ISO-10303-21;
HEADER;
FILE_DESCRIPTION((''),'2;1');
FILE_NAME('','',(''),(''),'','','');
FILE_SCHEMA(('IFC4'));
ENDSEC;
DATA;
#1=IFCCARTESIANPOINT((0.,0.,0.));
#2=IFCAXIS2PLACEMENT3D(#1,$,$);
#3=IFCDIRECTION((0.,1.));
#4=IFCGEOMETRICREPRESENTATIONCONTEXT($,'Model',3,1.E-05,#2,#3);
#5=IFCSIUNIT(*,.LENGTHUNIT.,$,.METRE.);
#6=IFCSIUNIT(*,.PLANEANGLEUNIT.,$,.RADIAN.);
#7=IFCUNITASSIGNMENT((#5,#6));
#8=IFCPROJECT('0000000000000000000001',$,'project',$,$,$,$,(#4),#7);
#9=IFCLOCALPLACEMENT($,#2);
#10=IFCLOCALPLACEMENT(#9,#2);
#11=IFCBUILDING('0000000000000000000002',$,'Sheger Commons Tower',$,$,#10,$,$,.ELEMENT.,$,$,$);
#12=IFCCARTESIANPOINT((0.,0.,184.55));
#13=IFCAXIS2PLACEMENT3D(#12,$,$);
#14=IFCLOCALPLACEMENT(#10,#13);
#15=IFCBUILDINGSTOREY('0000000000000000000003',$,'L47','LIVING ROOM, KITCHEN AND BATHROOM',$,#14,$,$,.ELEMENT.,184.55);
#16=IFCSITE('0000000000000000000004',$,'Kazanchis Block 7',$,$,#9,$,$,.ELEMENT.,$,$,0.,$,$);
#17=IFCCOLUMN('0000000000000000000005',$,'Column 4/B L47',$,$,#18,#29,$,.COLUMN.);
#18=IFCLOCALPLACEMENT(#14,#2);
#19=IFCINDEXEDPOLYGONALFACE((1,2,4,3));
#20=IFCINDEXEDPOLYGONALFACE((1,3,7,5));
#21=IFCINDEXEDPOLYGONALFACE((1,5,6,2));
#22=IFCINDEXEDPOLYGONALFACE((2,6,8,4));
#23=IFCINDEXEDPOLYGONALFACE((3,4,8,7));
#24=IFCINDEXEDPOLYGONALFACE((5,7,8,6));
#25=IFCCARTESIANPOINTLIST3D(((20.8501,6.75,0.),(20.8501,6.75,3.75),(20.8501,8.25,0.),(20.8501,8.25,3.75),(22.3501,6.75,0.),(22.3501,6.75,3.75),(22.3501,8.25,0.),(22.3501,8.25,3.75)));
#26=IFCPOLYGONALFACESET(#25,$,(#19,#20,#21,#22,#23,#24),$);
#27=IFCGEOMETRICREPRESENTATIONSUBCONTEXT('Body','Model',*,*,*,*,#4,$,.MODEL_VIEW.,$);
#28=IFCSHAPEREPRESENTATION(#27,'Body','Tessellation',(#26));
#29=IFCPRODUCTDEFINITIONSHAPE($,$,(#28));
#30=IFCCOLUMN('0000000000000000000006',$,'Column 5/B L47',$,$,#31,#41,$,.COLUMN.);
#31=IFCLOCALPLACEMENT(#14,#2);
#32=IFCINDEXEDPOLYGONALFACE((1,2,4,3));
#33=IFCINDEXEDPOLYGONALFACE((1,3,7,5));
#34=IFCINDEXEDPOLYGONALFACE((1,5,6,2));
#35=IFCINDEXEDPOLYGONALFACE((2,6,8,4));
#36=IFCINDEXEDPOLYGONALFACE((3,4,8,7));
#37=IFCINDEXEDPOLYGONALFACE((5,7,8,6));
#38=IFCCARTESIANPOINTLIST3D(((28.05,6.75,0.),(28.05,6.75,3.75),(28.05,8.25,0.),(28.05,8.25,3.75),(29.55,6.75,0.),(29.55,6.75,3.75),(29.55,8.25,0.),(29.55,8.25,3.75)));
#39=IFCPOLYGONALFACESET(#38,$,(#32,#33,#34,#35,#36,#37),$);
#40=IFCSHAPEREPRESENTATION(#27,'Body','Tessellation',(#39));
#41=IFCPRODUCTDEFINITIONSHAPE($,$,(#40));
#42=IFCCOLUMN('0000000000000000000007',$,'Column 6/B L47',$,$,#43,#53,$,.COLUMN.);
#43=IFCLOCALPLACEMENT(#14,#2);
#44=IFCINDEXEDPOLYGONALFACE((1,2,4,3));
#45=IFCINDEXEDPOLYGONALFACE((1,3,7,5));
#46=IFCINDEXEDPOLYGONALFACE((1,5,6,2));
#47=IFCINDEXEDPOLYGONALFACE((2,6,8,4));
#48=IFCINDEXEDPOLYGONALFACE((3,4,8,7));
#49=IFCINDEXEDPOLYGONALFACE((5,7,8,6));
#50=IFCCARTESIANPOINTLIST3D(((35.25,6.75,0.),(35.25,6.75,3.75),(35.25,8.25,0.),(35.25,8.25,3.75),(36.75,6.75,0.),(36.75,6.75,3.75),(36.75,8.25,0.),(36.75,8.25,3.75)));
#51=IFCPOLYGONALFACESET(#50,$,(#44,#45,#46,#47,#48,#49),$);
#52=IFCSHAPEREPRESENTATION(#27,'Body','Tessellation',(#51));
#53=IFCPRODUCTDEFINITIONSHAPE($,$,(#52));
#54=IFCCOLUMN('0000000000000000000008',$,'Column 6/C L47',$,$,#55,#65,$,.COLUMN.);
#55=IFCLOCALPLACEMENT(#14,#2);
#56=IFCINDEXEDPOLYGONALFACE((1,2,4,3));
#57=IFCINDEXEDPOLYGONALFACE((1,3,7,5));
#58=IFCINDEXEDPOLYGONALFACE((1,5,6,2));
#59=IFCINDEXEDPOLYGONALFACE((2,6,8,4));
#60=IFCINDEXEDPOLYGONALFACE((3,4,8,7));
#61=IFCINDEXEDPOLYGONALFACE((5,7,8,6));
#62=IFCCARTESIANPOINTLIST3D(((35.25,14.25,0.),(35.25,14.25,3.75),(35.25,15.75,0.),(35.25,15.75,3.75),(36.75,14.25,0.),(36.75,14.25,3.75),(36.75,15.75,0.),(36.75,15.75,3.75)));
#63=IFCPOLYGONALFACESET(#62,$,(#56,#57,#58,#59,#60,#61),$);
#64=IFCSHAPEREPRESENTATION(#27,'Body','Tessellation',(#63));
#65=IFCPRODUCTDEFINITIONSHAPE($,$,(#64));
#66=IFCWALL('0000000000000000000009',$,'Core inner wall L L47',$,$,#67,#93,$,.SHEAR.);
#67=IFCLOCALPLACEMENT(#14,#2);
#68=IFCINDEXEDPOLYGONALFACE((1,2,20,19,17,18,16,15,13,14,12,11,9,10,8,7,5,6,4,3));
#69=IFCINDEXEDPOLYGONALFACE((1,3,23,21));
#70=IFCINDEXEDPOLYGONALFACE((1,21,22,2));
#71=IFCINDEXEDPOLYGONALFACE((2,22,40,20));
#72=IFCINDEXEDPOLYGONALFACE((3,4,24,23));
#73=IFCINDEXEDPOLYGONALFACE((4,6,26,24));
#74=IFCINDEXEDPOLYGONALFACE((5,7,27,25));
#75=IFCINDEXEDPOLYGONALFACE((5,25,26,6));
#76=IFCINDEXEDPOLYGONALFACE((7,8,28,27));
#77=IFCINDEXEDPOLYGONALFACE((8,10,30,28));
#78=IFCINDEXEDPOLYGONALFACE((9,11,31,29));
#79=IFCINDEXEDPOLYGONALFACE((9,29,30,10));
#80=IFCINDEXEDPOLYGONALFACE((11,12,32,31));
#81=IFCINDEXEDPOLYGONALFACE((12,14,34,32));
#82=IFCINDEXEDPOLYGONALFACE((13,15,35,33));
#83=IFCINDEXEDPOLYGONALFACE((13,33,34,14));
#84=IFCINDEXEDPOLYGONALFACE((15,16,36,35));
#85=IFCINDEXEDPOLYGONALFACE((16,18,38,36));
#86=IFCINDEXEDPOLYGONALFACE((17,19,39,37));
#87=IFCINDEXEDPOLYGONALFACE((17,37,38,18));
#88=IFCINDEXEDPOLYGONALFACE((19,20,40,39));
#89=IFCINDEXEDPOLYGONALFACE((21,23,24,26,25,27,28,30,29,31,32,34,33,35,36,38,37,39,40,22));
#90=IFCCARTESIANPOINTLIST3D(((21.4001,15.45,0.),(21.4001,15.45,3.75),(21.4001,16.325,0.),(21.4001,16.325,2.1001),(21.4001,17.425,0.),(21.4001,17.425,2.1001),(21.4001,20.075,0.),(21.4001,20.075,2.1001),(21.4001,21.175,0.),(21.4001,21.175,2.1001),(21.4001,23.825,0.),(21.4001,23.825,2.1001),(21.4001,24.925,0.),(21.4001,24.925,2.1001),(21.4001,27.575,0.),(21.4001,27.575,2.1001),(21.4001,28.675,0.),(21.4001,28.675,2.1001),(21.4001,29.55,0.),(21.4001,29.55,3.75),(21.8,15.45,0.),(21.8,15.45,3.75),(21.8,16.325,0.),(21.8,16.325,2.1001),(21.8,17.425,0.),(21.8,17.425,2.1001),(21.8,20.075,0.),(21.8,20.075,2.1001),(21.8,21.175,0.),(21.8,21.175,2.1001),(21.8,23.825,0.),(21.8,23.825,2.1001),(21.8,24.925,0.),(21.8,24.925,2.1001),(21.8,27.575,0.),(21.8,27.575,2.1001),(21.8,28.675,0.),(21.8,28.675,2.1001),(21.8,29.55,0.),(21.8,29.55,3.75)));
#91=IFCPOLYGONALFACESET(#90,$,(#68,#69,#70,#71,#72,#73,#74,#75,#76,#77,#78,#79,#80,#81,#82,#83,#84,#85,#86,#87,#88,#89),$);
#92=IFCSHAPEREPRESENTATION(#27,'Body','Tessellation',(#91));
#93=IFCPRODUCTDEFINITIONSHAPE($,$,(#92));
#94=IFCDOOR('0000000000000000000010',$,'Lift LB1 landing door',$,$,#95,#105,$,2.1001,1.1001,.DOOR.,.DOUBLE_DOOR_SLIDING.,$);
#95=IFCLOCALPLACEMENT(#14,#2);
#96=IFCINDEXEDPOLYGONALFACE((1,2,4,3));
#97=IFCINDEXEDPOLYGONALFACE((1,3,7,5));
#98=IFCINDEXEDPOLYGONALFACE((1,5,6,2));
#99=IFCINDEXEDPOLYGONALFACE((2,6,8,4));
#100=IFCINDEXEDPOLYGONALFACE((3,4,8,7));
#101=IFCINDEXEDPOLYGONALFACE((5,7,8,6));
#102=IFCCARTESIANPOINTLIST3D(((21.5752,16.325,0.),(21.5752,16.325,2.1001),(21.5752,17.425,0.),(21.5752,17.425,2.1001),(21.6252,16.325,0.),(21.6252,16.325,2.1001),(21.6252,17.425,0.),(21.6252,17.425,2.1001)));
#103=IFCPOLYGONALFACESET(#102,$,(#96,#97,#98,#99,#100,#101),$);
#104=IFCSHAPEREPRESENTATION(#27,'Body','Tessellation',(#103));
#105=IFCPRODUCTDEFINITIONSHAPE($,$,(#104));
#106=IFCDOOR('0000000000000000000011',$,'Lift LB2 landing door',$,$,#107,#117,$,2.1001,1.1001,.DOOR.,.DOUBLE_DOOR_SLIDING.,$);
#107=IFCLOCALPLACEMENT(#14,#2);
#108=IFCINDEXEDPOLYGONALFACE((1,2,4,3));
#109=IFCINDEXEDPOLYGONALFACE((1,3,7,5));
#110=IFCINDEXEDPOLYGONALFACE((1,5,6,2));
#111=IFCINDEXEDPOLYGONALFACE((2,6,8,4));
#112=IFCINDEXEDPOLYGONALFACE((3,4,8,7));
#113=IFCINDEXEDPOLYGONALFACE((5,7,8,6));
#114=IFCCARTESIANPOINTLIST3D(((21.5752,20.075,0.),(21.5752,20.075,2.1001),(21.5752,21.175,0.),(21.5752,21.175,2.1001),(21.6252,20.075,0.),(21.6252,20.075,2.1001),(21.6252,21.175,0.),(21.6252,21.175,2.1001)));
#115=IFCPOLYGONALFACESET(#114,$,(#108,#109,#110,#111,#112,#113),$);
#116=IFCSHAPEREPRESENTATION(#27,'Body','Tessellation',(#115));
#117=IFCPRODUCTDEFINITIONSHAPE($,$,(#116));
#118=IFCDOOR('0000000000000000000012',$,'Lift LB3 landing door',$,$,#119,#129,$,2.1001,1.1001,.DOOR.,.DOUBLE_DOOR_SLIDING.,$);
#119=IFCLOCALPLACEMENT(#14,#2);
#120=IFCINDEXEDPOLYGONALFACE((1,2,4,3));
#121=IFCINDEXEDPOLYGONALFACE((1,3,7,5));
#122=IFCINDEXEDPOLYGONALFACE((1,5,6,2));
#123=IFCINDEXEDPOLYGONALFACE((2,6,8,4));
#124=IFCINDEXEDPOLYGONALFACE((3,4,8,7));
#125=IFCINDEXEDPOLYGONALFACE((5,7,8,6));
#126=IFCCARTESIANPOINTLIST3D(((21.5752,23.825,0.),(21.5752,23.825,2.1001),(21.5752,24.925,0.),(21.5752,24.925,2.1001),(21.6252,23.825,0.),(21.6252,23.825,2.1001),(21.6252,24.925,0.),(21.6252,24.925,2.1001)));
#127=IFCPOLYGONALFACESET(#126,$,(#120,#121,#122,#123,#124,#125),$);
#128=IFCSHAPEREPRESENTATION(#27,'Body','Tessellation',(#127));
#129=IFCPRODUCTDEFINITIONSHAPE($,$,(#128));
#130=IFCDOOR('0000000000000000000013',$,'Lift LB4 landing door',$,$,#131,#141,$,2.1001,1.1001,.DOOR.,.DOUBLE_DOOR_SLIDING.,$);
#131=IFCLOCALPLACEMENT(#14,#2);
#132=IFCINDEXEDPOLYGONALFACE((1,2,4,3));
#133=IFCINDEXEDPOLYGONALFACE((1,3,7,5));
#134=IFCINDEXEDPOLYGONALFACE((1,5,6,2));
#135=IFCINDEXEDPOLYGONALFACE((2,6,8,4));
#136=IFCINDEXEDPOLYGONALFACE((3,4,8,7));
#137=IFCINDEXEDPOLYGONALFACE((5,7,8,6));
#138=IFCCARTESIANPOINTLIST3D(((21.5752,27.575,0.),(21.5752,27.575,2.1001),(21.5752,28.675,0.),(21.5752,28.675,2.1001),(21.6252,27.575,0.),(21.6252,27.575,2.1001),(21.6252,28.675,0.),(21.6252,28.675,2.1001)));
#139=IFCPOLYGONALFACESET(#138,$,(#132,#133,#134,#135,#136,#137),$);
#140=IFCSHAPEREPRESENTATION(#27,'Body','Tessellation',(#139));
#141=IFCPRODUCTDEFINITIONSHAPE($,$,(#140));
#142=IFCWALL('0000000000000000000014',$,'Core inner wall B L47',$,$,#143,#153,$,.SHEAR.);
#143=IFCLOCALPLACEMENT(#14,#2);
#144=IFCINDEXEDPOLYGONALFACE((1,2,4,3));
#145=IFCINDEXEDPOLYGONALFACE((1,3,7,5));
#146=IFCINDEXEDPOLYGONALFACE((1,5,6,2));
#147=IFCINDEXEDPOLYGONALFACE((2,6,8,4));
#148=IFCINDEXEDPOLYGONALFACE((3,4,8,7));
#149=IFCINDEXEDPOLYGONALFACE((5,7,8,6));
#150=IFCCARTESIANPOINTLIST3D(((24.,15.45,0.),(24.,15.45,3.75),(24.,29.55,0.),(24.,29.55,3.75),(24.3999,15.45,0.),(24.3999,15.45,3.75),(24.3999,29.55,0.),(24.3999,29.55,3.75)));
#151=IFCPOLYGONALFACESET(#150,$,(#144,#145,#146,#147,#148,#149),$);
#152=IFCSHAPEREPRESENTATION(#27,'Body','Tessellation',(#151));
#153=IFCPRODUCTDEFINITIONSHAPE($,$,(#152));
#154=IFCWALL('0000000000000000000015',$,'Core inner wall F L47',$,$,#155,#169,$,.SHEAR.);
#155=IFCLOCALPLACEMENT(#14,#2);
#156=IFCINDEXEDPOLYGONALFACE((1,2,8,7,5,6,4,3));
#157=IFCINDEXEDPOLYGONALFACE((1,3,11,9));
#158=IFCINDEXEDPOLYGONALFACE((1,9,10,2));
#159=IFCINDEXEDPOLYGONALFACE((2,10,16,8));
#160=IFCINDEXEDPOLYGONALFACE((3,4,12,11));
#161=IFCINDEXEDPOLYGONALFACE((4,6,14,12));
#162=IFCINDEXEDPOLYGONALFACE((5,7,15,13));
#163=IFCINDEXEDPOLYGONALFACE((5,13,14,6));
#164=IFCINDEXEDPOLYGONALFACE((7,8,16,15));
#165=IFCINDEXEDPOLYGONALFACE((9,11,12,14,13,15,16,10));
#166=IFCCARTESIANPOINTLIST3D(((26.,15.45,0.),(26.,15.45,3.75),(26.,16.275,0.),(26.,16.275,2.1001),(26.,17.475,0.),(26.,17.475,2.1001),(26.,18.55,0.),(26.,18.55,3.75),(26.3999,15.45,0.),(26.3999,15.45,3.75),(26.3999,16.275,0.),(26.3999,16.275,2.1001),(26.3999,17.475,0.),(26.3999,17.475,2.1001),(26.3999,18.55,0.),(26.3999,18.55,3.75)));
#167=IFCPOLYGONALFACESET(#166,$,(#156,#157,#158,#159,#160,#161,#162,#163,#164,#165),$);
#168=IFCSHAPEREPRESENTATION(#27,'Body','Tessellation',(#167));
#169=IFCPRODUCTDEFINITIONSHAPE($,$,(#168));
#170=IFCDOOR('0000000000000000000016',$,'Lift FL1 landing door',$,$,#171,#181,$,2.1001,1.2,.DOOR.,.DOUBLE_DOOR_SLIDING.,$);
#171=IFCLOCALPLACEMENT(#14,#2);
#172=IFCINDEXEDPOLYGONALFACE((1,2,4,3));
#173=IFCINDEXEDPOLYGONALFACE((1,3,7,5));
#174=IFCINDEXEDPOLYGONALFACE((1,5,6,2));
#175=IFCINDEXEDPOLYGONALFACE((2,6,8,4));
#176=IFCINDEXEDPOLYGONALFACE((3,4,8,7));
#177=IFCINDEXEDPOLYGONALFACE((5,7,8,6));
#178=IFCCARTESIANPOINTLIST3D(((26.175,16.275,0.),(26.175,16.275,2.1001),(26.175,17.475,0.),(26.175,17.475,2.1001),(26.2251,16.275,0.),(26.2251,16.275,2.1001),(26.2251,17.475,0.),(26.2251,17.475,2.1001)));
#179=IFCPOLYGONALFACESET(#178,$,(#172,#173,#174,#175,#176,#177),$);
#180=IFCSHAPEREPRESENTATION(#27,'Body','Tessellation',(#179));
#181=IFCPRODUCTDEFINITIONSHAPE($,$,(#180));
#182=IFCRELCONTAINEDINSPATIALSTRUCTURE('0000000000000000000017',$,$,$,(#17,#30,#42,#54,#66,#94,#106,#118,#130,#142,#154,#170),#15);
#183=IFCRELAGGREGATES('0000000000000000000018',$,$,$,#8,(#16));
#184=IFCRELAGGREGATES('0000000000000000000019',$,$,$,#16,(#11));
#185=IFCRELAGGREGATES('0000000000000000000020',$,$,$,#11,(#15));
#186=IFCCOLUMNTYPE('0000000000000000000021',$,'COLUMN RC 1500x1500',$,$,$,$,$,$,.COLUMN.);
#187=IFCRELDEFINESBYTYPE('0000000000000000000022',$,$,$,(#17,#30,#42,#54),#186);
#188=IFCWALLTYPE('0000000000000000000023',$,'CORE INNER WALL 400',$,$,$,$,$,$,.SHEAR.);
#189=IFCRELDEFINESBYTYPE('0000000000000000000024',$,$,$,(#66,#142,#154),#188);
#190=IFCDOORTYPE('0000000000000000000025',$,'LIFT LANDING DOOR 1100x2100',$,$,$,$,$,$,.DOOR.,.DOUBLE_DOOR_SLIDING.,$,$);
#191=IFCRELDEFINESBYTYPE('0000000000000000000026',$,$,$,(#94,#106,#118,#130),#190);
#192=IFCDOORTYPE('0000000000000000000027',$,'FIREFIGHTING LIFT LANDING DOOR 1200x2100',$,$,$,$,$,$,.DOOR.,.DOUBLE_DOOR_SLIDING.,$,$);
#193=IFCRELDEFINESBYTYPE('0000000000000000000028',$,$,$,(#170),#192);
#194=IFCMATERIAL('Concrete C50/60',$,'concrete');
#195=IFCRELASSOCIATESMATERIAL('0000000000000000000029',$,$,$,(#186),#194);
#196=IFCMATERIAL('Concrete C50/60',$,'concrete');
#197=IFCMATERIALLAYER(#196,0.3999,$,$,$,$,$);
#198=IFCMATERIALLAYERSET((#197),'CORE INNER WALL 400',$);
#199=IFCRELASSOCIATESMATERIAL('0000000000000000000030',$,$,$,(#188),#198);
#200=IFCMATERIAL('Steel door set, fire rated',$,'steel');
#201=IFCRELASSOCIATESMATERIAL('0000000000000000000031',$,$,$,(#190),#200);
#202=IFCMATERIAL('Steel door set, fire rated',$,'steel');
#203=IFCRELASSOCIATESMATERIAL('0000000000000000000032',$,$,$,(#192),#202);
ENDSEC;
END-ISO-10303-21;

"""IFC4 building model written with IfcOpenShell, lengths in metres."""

from ifc_helpers import new_model, si_unit, direction, frame, frame_2d, origin, origin_2d, place, context, subcontext, project, spatial, rectangle, extrude, material, layer, layer_set, material_profile, profile_set, type_object, element, fill, save


model = new_model("IFC4")

# Units and contexts
model_context = context("Model", 3, precision=1e-05, world=origin(), true_north=direction((0.0, 1.0)))
body_context = subcontext(model_context, "Body", "Model", "MODEL_VIEW")
ifc_project = project(units=[si_unit("LENGTHUNIT", "METRE"), si_unit("PLANEANGLEUNIT", "RADIAN")], contexts=[model_context])

# Site, building, storey
site_placement = place(None, origin())
site = spatial("IfcSite", under=ifc_project, at=site_placement, Name="Kazanchis Block 7", CompositionType="ELEMENT", RefElevation=0.0)
building_placement = place(site_placement, origin())
building = spatial("IfcBuilding", under=site, at=building_placement, Name="Sheger Commons Tower", CompositionType="ELEMENT")
storey_placement = place(building_placement, frame((0.0, 0.0, 184.55)))
storey = spatial("IfcBuildingStorey", under=building, at=storey_placement, Name="L47", Description="LIVING ROOM, KITCHEN AND BATHROOM", CompositionType="ELEMENT", Elevation=184.55)

# Columns
ifc_material_1 = material(Name="Concrete C50/60", Category="concrete")
ifc_material_profile = material_profile(ifc_material_1, rectangle(XDim=1.5, YDim=1.5, at=origin_2d()), Name="RC 1500x1500")
ifc_profile_set = profile_set([ifc_material_profile], Name="Concrete C50/60")
column_type = type_object("IfcColumnType", Name="COLUMN RC 1500x1500", PredefinedType="COLUMN", material=ifc_profile_set)
for number, where, z_axis, x_axis, name in (
    (1, (21.6001, 7.5, 0.0), (0.0, 0.0, 1.0), (1.0, 0.0, 0.0), "Column 4/B L47"),
    (2, (28.8, 7.5, 0.0), (0.0, 0.0, 1.0), (1.0, 0.0, 0.0), "Column 5/B L47"),
    (3, (36.0, 7.5, 0.0), (0.0, 0.0, 1.0), (1.0, 0.0, 0.0), "Column 6/B L47"),
    (4, (36.0, 15.0, 0.0), (0.0, 0.0, 1.0), (1.0, 0.0, 0.0), "Column 6/C L47"),
):
    element("IfcColumn", number, at=place(storey_placement, frame(where, z_axis=z_axis, x_axis=x_axis)), inside=storey, type_object=column_type, Name=name, PredefinedType="COLUMN", context=body_context, shape_type="SweptSolid", body=[
        extrude(rectangle(XDim=1.5, YDim=1.5, at=origin_2d()), origin(), (0.0, 0.0, 1.0), 3.75),
    ])

# Wall, openings, doors
ifc_material_2 = material(Name="Concrete C50/60", Category="concrete")
ifc_layer_1 = layer(ifc_material_2, 0.3999)
ifc_layer_set_1 = layer_set([ifc_layer_1], Name="CORE INNER WALL 400")
wall_type_1 = type_object("IfcWallType", Name="CORE INNER WALL 400", PredefinedType="SHEAR", material=ifc_layer_set_1)
wall_1_placement = place(storey_placement, frame((21.6001, 15.45, 0.0), z_axis=(0.0, 0.0, 1.0), x_axis=(0.0, 1.0, 0.0)))
wall_1 = element("IfcWall", 5, at=wall_1_placement, inside=storey, type_object=wall_type_1, Name="Core inner wall L L47", PredefinedType="SHEAR", context=body_context, shape_type="SweptSolid", body=[
    extrude(rectangle(XDim=14.1001, YDim=0.3999, at=frame_2d((7.05, 0.0))), origin(), (0.0, 0.0, 1.0), 3.75),
])
opening_1_placement = place(wall_1_placement, frame((0.875, 0.0, 0.0)))
opening_1 = element("IfcOpeningElement", 6, at=opening_1_placement, cuts=wall_1, PredefinedType="OPENING", context=body_context, shape_type="SweptSolid", body=[
    extrude(rectangle(XDim=1.1001, YDim=2.1001, at=frame_2d((0.55, 1.05))), frame((0.0, 0.21, 0.0), z_axis=(0.0, -1.0, 0.0), x_axis=(1.0, 0.0, 0.0)), (0.0, 0.0, 1.0), 0.4199),
])
opening_2_placement = place(wall_1_placement, frame((4.625, 0.0, 0.0)))
opening_2 = element("IfcOpeningElement", 7, at=opening_2_placement, cuts=wall_1, PredefinedType="OPENING", context=body_context, shape_type="SweptSolid", body=[
    extrude(rectangle(XDim=1.1001, YDim=2.1001, at=frame_2d((0.55, 1.05))), frame((0.0, 0.21, 0.0), z_axis=(0.0, -1.0, 0.0), x_axis=(1.0, 0.0, 0.0)), (0.0, 0.0, 1.0), 0.4199),
])
opening_3_placement = place(wall_1_placement, frame((8.375, 0.0, 0.0)))
opening_3 = element("IfcOpeningElement", 8, at=opening_3_placement, cuts=wall_1, PredefinedType="OPENING", context=body_context, shape_type="SweptSolid", body=[
    extrude(rectangle(XDim=1.1001, YDim=2.1001, at=frame_2d((0.55, 1.05))), frame((0.0, 0.21, 0.0), z_axis=(0.0, -1.0, 0.0), x_axis=(1.0, 0.0, 0.0)), (0.0, 0.0, 1.0), 0.4199),
])
opening_4_placement = place(wall_1_placement, frame((12.125, 0.0, 0.0)))
opening_4 = element("IfcOpeningElement", 9, at=opening_4_placement, cuts=wall_1, PredefinedType="OPENING", context=body_context, shape_type="SweptSolid", body=[
    extrude(rectangle(XDim=1.1001, YDim=2.1001, at=frame_2d((0.55, 1.05))), frame((0.0, 0.21, 0.0), z_axis=(0.0, -1.0, 0.0), x_axis=(1.0, 0.0, 0.0)), (0.0, 0.0, 1.0), 0.4199),
])
ifc_material_3 = material(Name="Steel door set, fire rated", Category="steel")
door_type_1 = type_object("IfcDoorType", Name="LIFT LANDING DOOR 1100x2100", OperationType="DOUBLE_DOOR_SLIDING", PredefinedType="DOOR", material=ifc_material_3)
door_1_placement = place(opening_1_placement, origin())
door_1 = element("IfcDoor", 10, at=door_1_placement, inside=storey, type_object=door_type_1, Name="Lift LB1 landing door", OperationType="DOUBLE_DOOR_SLIDING", OverallHeight=2.1001, OverallWidth=1.1001, PredefinedType="DOOR", context=body_context, shape_type="SweptSolid", body=[
    extrude(rectangle(XDim=1.1001, YDim=2.1001, at=frame_2d((0.55, 1.05))), frame((0.0, 0.0249, 0.0), z_axis=(0.0, -1.0, 0.0), x_axis=(1.0, 0.0, 0.0)), (0.0, 0.0, 1.0), 0.05),
])
fill(opening_1, door_1)
door_2_placement = place(opening_2_placement, origin())
door_2 = element("IfcDoor", 11, at=door_2_placement, inside=storey, type_object=door_type_1, Name="Lift LB2 landing door", OperationType="DOUBLE_DOOR_SLIDING", OverallHeight=2.1001, OverallWidth=1.1001, PredefinedType="DOOR", context=body_context, shape_type="SweptSolid", body=[
    extrude(rectangle(XDim=1.1001, YDim=2.1001, at=frame_2d((0.55, 1.05))), frame((0.0, 0.0249, 0.0), z_axis=(0.0, -1.0, 0.0), x_axis=(1.0, 0.0, 0.0)), (0.0, 0.0, 1.0), 0.05),
])
fill(opening_2, door_2)
door_3_placement = place(opening_3_placement, origin())
door_3 = element("IfcDoor", 12, at=door_3_placement, inside=storey, type_object=door_type_1, Name="Lift LB3 landing door", OperationType="DOUBLE_DOOR_SLIDING", OverallHeight=2.1001, OverallWidth=1.1001, PredefinedType="DOOR", context=body_context, shape_type="SweptSolid", body=[
    extrude(rectangle(XDim=1.1001, YDim=2.1001, at=frame_2d((0.55, 1.05))), frame((0.0, 0.0249, 0.0), z_axis=(0.0, -1.0, 0.0), x_axis=(1.0, 0.0, 0.0)), (0.0, 0.0, 1.0), 0.05),
])
fill(opening_3, door_3)
door_4_placement = place(opening_4_placement, origin())
door_4 = element("IfcDoor", 13, at=door_4_placement, inside=storey, type_object=door_type_1, Name="Lift LB4 landing door", OperationType="DOUBLE_DOOR_SLIDING", OverallHeight=2.1001, OverallWidth=1.1001, PredefinedType="DOOR", context=body_context, shape_type="SweptSolid", body=[
    extrude(rectangle(XDim=1.1001, YDim=2.1001, at=frame_2d((0.55, 1.05))), frame((0.0, 0.0249, 0.0), z_axis=(0.0, -1.0, 0.0), x_axis=(1.0, 0.0, 0.0)), (0.0, 0.0, 1.0), 0.05),
])
fill(opening_4, door_4)

# Wall
wall_2_placement = place(storey_placement, frame((24.2, 15.45, 0.0), z_axis=(0.0, 0.0, 1.0), x_axis=(0.0, 1.0, 0.0)))
element("IfcWall", 14, at=wall_2_placement, inside=storey, type_object=wall_type_1, Name="Core inner wall B L47", PredefinedType="SHEAR", context=body_context, shape_type="SweptSolid", body=[
    extrude(rectangle(XDim=14.1001, YDim=0.3999, at=frame_2d((7.05, 0.0))), origin(), (0.0, 0.0, 1.0), 3.75),
])

# Wall, opening, door
wall_3_placement = place(storey_placement, frame((26.2, 15.45, 0.0), z_axis=(0.0, 0.0, 1.0), x_axis=(0.0, 1.0, 0.0)))
wall_3 = element("IfcWall", 15, at=wall_3_placement, inside=storey, type_object=wall_type_1, Name="Core inner wall F L47", PredefinedType="SHEAR", context=body_context, shape_type="SweptSolid", body=[
    extrude(rectangle(XDim=3.1001, YDim=0.3999, at=frame_2d((1.55, 0.0))), origin(), (0.0, 0.0, 1.0), 3.75),
])
opening_5_placement = place(wall_3_placement, frame((0.825, 0.0, 0.0)))
opening_5 = element("IfcOpeningElement", 16, at=opening_5_placement, cuts=wall_3, PredefinedType="OPENING", context=body_context, shape_type="SweptSolid", body=[
    extrude(rectangle(XDim=1.2, YDim=2.1001, at=frame_2d((0.6001, 1.05))), frame((0.0, 0.21, 0.0), z_axis=(0.0, -1.0, 0.0), x_axis=(1.0, 0.0, 0.0)), (0.0, 0.0, 1.0), 0.4199),
])
ifc_material_4 = material(Name="Steel door set, fire rated", Category="steel")
door_type_2 = type_object("IfcDoorType", Name="FIREFIGHTING LIFT LANDING DOOR 1200x2100", OperationType="DOUBLE_DOOR_SLIDING", PredefinedType="DOOR", material=ifc_material_4)
door_5_placement = place(opening_5_placement, origin())
door_5 = element("IfcDoor", 17, at=door_5_placement, inside=storey, type_object=door_type_2, Name="Lift FL1 landing door", OperationType="DOUBLE_DOOR_SLIDING", OverallHeight=2.1001, OverallWidth=1.2, PredefinedType="DOOR", context=body_context, shape_type="SweptSolid", body=[
    extrude(rectangle(XDim=1.2, YDim=2.1001, at=frame_2d((0.6001, 1.05))), frame((0.0, 0.0249, 0.0), z_axis=(0.0, -1.0, 0.0), x_axis=(1.0, 0.0, 0.0)), (0.0, 0.0, 1.0), 0.05),
])
fill(opening_5, door_5)

save(model, "model.ifc")
